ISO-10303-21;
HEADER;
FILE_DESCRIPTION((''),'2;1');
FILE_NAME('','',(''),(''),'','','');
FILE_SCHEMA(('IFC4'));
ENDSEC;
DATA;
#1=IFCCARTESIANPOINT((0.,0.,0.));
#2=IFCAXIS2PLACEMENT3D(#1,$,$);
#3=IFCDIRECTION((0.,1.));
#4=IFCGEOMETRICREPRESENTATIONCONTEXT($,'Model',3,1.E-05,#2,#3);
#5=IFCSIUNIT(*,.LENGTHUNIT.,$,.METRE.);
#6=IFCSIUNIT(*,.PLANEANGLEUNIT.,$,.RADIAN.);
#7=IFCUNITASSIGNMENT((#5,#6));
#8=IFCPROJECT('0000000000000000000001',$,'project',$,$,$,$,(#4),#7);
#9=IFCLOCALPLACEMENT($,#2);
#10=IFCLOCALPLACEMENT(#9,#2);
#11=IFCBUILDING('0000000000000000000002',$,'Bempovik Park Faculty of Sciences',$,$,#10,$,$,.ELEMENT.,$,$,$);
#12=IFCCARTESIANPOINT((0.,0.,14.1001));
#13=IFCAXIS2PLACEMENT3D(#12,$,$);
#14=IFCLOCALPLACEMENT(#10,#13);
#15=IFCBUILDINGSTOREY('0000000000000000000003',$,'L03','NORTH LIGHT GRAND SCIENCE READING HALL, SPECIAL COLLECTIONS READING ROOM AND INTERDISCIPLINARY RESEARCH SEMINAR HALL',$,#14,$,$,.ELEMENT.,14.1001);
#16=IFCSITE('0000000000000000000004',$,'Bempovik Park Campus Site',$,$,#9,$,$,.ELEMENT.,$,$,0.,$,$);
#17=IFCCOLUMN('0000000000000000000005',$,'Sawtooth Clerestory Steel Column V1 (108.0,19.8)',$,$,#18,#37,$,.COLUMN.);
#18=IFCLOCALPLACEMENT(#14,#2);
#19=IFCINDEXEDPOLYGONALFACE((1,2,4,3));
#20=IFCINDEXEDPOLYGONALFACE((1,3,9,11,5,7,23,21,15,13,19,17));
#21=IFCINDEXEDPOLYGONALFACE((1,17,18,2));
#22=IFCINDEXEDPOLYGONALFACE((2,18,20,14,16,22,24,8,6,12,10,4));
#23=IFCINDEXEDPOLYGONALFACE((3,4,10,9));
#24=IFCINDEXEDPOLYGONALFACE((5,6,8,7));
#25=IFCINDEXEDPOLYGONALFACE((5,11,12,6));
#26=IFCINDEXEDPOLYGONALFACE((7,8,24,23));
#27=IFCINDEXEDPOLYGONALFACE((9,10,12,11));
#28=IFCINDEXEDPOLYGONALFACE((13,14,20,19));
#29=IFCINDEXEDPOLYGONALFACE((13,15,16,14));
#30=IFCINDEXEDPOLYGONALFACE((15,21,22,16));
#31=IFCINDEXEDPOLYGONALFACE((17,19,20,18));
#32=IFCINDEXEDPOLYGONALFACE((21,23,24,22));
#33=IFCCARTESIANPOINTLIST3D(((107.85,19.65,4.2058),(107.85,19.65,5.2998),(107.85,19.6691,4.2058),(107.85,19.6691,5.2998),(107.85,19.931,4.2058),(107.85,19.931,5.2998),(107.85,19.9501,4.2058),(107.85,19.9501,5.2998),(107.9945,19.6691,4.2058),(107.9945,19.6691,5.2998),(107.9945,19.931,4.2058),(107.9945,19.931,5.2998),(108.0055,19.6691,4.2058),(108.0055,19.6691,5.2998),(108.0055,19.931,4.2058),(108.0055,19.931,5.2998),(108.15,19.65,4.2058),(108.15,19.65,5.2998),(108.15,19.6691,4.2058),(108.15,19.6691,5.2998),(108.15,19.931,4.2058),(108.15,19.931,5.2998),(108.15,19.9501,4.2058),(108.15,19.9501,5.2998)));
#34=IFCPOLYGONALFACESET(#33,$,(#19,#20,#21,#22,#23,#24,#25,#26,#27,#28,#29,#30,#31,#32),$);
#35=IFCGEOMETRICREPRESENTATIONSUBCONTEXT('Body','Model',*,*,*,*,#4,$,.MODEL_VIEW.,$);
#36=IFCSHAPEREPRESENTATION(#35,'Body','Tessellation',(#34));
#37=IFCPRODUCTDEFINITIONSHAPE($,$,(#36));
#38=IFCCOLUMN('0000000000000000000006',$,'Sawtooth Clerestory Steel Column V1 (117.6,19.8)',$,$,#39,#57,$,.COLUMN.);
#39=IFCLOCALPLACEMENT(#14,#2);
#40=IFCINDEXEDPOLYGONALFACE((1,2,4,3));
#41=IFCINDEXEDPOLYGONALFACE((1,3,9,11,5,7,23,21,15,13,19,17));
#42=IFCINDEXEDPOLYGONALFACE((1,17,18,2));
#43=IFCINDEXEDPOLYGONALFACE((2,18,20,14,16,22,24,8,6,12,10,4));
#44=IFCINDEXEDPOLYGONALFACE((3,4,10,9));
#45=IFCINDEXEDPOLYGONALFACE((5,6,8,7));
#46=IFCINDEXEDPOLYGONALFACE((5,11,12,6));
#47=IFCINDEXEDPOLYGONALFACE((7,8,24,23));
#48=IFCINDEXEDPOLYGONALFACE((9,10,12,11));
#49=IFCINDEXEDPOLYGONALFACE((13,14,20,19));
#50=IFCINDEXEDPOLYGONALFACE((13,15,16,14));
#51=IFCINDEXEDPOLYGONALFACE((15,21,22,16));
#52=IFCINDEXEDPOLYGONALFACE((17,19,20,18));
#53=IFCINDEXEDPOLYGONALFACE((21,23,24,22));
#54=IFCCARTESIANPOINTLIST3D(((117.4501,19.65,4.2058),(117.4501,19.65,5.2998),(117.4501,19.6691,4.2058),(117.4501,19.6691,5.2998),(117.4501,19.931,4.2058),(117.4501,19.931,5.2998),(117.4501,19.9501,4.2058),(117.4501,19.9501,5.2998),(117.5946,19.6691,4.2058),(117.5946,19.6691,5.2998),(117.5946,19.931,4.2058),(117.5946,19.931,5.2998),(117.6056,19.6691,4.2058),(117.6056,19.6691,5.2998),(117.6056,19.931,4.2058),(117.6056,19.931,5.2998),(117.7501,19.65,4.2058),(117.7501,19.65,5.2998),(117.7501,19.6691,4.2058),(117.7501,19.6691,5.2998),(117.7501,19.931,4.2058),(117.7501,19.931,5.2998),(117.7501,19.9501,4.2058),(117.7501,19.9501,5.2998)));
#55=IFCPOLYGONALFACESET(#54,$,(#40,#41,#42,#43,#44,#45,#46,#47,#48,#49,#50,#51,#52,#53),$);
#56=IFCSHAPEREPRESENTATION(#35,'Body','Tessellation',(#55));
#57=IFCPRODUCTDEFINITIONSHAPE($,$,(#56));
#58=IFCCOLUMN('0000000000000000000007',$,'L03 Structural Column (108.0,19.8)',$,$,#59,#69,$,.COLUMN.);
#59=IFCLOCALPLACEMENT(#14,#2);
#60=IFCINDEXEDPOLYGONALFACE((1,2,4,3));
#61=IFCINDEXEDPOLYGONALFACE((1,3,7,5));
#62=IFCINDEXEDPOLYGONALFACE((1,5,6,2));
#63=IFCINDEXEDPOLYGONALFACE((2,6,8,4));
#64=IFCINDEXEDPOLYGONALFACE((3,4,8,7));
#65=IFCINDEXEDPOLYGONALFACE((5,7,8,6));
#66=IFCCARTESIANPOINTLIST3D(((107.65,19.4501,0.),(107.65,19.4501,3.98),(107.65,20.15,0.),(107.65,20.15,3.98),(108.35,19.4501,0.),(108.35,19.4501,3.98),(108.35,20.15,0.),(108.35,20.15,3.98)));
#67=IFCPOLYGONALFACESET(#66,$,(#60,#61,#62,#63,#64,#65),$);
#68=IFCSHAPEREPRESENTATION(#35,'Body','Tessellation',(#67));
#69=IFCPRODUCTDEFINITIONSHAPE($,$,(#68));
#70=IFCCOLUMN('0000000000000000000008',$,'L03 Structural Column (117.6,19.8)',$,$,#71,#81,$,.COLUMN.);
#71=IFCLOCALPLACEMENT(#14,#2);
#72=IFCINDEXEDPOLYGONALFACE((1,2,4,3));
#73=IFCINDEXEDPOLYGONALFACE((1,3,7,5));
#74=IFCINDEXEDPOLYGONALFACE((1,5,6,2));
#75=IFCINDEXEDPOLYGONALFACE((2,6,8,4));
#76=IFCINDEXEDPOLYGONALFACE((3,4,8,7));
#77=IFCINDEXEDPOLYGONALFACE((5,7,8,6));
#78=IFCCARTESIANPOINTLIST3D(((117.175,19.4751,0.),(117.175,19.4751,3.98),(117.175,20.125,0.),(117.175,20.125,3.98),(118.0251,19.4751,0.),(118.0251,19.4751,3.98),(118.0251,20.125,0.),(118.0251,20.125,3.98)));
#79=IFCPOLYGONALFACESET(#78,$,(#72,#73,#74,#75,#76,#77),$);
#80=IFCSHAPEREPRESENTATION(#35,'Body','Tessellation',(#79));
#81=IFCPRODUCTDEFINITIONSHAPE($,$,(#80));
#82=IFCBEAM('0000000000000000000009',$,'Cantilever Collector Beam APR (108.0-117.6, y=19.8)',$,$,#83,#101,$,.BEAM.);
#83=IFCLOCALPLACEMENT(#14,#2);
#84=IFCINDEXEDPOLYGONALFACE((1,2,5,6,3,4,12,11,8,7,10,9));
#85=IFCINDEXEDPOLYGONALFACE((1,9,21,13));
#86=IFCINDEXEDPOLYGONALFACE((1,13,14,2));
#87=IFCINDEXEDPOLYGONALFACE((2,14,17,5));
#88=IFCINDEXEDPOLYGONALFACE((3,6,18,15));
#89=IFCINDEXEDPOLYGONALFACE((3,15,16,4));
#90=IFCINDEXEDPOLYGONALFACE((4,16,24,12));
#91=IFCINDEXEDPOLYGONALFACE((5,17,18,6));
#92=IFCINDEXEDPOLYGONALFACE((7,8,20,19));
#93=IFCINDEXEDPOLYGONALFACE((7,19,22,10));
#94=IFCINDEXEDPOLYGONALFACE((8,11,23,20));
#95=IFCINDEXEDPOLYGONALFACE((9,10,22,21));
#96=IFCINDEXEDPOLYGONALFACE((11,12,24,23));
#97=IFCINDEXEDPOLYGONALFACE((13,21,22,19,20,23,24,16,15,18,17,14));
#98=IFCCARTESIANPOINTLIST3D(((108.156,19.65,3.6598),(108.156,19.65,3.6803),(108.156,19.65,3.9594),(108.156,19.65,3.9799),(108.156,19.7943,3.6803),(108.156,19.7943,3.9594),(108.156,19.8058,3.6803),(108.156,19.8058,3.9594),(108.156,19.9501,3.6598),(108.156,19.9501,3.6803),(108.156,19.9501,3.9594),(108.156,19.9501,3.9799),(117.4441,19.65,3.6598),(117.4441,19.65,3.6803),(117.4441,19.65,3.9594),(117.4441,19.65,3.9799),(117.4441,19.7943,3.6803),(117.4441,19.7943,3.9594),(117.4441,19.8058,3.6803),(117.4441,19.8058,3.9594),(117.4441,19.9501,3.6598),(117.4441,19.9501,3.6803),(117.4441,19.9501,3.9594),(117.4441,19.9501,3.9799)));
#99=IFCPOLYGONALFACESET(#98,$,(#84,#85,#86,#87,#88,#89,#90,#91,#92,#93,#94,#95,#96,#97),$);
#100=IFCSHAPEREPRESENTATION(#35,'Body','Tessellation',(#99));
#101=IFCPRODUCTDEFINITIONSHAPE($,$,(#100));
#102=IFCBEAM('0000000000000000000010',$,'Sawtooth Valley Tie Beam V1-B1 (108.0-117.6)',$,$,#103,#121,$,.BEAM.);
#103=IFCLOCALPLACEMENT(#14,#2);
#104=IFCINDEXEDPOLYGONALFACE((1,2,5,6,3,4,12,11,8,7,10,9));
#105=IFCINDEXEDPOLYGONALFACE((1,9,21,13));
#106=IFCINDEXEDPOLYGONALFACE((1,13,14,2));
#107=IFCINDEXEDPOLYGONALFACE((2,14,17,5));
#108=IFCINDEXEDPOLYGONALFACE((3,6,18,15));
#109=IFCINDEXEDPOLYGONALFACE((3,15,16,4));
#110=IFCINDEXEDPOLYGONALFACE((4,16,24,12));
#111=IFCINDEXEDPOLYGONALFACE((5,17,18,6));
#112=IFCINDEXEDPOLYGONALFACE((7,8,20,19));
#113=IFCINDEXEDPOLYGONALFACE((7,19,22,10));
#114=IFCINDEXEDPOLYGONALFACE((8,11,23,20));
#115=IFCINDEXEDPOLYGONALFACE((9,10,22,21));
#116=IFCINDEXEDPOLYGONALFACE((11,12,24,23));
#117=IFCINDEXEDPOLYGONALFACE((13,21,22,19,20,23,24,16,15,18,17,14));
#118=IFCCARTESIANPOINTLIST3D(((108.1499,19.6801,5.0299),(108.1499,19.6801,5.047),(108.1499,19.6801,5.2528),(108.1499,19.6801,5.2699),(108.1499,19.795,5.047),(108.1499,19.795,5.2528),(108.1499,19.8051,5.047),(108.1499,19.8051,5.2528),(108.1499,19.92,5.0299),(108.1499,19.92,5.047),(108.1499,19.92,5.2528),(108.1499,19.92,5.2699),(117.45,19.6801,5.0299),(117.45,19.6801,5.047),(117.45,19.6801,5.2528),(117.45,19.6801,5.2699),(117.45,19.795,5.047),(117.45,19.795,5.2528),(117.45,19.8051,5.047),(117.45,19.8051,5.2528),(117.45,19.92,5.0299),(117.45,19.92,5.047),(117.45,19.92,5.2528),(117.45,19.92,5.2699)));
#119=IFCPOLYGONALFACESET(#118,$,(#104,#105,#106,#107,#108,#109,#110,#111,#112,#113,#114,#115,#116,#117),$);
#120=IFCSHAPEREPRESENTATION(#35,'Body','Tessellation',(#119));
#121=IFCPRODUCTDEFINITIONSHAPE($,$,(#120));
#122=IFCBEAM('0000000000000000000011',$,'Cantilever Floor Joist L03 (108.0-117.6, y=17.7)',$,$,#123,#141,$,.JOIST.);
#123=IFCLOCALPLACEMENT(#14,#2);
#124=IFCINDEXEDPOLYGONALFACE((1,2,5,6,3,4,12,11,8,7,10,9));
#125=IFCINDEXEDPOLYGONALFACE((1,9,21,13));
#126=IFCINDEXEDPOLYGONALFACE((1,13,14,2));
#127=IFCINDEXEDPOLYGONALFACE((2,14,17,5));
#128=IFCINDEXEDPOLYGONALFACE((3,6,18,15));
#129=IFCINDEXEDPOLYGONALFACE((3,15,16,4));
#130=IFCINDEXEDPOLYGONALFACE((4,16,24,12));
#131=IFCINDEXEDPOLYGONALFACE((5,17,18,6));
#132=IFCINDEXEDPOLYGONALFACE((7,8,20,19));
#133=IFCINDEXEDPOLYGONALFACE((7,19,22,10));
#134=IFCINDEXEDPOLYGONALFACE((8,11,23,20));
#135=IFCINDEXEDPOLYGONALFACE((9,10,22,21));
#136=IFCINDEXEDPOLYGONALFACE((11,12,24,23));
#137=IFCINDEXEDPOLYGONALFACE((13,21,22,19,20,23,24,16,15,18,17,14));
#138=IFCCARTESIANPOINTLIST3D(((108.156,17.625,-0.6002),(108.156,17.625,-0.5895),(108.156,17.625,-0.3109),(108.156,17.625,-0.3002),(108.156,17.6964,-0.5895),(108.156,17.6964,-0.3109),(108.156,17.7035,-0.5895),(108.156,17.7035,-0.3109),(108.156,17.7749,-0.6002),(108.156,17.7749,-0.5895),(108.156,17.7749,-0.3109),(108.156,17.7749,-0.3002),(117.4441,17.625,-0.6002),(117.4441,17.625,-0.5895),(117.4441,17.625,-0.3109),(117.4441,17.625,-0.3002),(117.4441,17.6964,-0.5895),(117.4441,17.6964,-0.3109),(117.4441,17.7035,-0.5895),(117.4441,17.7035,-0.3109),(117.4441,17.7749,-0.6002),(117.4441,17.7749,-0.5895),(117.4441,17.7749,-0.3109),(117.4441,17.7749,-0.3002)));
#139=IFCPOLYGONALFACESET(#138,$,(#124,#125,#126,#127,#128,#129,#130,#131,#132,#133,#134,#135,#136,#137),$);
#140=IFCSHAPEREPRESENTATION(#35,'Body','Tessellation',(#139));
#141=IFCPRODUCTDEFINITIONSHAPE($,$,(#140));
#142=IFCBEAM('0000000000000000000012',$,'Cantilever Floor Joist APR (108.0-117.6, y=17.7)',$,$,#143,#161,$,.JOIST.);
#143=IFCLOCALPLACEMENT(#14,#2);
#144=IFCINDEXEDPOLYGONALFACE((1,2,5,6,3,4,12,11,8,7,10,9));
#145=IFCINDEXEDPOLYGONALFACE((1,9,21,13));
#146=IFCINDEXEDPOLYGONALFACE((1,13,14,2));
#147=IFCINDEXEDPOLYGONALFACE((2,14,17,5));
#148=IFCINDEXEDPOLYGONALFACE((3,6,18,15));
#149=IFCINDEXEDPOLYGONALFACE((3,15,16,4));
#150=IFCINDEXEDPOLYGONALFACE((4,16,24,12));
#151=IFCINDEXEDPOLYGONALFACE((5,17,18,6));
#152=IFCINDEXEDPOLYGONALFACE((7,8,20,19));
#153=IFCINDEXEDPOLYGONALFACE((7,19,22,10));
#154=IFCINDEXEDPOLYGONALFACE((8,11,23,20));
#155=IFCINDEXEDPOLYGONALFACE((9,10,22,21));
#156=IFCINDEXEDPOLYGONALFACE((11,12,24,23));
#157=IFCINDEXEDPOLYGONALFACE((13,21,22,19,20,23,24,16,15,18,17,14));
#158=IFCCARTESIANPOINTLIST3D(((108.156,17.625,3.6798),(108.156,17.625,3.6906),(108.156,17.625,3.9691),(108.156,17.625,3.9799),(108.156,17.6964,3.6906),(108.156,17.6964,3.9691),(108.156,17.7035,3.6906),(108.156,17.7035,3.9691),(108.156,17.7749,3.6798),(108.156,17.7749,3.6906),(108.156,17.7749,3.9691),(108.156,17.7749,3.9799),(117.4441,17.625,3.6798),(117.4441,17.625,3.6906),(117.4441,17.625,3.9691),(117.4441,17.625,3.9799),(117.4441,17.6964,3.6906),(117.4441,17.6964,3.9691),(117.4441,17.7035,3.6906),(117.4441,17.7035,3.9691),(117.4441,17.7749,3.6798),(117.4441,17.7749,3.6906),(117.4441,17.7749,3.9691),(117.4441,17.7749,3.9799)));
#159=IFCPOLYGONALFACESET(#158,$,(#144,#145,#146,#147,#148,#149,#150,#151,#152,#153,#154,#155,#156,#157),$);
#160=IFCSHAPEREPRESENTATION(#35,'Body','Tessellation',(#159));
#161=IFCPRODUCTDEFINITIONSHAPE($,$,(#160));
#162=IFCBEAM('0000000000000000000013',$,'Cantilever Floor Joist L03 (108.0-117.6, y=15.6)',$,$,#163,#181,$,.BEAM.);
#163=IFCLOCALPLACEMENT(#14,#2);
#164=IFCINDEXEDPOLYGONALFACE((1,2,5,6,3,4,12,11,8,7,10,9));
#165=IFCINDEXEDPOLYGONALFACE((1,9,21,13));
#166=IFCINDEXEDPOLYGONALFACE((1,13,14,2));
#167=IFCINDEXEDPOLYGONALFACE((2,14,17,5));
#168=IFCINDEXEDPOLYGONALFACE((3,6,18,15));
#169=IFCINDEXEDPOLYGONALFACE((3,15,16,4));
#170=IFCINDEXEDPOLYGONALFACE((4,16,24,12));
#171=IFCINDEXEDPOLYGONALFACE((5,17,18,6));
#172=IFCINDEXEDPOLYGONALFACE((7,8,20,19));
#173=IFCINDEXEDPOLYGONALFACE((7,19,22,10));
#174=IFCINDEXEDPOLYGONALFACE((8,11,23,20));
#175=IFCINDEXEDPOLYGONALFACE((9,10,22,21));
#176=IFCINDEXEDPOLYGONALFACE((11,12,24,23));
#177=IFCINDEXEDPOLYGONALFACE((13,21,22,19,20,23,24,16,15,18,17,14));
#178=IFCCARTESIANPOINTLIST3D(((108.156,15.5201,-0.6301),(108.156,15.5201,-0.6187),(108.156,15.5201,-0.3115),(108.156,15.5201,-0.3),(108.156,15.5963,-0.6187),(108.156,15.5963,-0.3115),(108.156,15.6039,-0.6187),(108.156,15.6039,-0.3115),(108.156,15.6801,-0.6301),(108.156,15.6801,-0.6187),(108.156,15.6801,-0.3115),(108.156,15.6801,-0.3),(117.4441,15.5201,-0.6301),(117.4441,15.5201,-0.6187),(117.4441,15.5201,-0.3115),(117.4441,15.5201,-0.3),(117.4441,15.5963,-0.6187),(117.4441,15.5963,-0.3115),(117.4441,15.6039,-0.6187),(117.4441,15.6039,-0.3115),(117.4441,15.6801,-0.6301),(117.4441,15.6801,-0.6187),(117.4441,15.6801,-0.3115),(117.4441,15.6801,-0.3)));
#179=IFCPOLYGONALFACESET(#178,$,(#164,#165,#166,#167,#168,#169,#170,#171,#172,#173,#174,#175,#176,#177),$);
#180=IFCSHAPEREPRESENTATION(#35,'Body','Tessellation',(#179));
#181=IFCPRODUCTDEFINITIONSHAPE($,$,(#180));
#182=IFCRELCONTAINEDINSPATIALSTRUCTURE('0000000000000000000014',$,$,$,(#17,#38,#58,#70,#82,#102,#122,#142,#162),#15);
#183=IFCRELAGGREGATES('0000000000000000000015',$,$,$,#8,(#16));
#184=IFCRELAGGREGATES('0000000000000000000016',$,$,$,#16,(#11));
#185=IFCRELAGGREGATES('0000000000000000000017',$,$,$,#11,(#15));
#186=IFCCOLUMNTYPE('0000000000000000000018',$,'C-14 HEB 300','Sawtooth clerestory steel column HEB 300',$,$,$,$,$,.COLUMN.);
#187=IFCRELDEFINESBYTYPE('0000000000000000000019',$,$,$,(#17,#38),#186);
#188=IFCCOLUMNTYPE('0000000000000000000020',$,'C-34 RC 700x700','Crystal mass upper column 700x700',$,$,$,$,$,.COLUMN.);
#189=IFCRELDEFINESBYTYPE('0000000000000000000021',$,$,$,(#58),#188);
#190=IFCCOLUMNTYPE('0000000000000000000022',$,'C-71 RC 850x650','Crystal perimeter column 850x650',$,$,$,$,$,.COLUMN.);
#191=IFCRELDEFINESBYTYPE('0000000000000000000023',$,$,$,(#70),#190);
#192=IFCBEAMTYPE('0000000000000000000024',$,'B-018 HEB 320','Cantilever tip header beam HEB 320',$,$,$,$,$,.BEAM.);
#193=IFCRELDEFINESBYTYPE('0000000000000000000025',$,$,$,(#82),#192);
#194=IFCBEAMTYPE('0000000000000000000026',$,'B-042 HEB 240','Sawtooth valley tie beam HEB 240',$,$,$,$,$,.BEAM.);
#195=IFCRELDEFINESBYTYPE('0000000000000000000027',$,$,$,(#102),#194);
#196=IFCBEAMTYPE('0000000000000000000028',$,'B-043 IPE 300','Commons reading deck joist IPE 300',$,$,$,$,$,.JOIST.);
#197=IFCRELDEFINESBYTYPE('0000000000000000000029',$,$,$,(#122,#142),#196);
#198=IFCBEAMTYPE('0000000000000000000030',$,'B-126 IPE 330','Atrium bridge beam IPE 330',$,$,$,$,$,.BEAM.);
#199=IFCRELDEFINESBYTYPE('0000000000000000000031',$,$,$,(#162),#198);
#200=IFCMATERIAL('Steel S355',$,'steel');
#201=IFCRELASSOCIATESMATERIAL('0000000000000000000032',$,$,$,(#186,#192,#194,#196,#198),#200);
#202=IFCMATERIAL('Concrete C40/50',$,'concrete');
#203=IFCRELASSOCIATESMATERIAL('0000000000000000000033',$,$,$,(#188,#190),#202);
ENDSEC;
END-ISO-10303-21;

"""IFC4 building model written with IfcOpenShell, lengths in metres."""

from ifc_helpers import new_model, si_unit, direction, frame, origin, origin_2d, place, context, subcontext, project, spatial, rectangle, i_section, extrude, material, material_profile, profile_set, type_object, element, save


model = new_model("IFC4")

# Units and contexts
model_context = context("Model", 3, precision=1e-05, world=origin(), true_north=direction((0.0, 1.0)))
body_context = subcontext(model_context, "Body", "Model", "MODEL_VIEW")
ifc_project = project(units=[si_unit("LENGTHUNIT", "METRE"), si_unit("PLANEANGLEUNIT", "RADIAN")], contexts=[model_context])

# Site, building, storey
site_placement = place(None, origin())
site = spatial("IfcSite", under=ifc_project, at=site_placement, Name="Bempovik Park Campus Site", CompositionType="ELEMENT", RefElevation=0.0)
building_placement = place(site_placement, origin())
building = spatial("IfcBuilding", under=site, at=building_placement, Name="Bempovik Park Faculty of Sciences", CompositionType="ELEMENT")
storey_placement = place(building_placement, frame((0.0, 0.0, 14.1001)))
storey = spatial("IfcBuildingStorey", under=building, at=storey_placement, Name="L03", Description="NORTH LIGHT GRAND SCIENCE READING HALL, SPECIAL COLLECTIONS READING ROOM AND INTERDISCIPLINARY RESEARCH SEMINAR HALL", CompositionType="ELEMENT", Elevation=14.1001)

# Columns
ifc_material_1 = material(Name="Steel S355", Category="steel")
ifc_material_profile_1 = material_profile(ifc_material_1, i_section(OverallWidth=0.3, OverallDepth=0.3, WebThickness=0.011, FlangeThickness=0.019, at=origin_2d()), Name="HEB 300")
ifc_profile_set_1 = profile_set([ifc_material_profile_1], Name="Steel S355")
column_type_1 = type_object("IfcColumnType", Name="C-14 HEB 300", Description="Sawtooth clerestory steel column HEB 300", PredefinedType="COLUMN", material=ifc_profile_set_1)
for number, where, z_axis, x_axis, name in (
    (1, (108.0, 19.8, 4.2058), (0.0, 0.0, 1.0), (1.0, 0.0, 0.0), "Sawtooth Clerestory Steel Column V1 (108.0,19.8)"),
    (2, (117.6001, 19.8, 4.2058), (0.0, 0.0, 1.0), (1.0, 0.0, 0.0), "Sawtooth Clerestory Steel Column V1 (117.6,19.8)"),
):
    element("IfcColumn", number, at=place(storey_placement, frame(where, z_axis=z_axis, x_axis=x_axis)), inside=storey, type_object=column_type_1, Name=name, PredefinedType="COLUMN", context=body_context, shape_type="SweptSolid", body=[
        extrude(i_section(OverallWidth=0.3, OverallDepth=0.3, WebThickness=0.011, FlangeThickness=0.019, at=origin_2d()), origin(), (0.0, 0.0, 1.0), 1.094),
    ])
ifc_material_2 = material(Name="Concrete C40/50", Category="concrete")
ifc_material_profile_2 = material_profile(ifc_material_2, rectangle(XDim=0.7, YDim=0.7, at=origin_2d()), Name="RC 700x700")
ifc_profile_set_2 = profile_set([ifc_material_profile_2], Name="Concrete C40/50")
column_type_2 = type_object("IfcColumnType", Name="C-34 RC 700x700", Description="Crystal mass upper column 700x700", PredefinedType="COLUMN", material=ifc_profile_set_2)
column_1_placement = place(storey_placement, frame((108.0, 19.8, 0.0), z_axis=(0.0, 0.0, 1.0), x_axis=(1.0, 0.0, 0.0)))
element("IfcColumn", 3, at=column_1_placement, inside=storey, type_object=column_type_2, Name="L03 Structural Column (108.0,19.8)", PredefinedType="COLUMN", context=body_context, shape_type="SweptSolid", body=[
    extrude(rectangle(XDim=0.7, YDim=0.7, at=origin_2d()), origin(), (0.0, 0.0, 1.0), 3.98),
])
ifc_material_profile_3 = material_profile(ifc_material_2, rectangle(XDim=0.8501, YDim=0.6499, at=origin_2d()), Name="RC 850x650")
ifc_profile_set_3 = profile_set([ifc_material_profile_3], Name="Concrete C40/50")
column_type_3 = type_object("IfcColumnType", Name="C-71 RC 850x650", Description="Crystal perimeter column 850x650", PredefinedType="COLUMN", material=ifc_profile_set_3)
column_2_placement = place(storey_placement, frame((117.6001, 19.8, 0.0), z_axis=(0.0, 0.0, 1.0), x_axis=(1.0, 0.0, 0.0)))
element("IfcColumn", 4, at=column_2_placement, inside=storey, type_object=column_type_3, Name="L03 Structural Column (117.6,19.8)", PredefinedType="COLUMN", context=body_context, shape_type="SweptSolid", body=[
    extrude(rectangle(XDim=0.8501, YDim=0.6499, at=origin_2d()), origin(), (0.0, 0.0, 1.0), 3.98),
])

# Beams
ifc_material_profile_4 = material_profile(ifc_material_1, i_section(OverallWidth=0.3, OverallDepth=0.3201, WebThickness=0.0115, FlangeThickness=0.0205, at=origin_2d()), Name="HEB 320")
ifc_profile_set_4 = profile_set([ifc_material_profile_4], Name="Steel S355")
beam_type_1 = type_object("IfcBeamType", Name="B-018 HEB 320", Description="Cantilever tip header beam HEB 320", PredefinedType="BEAM", material=ifc_profile_set_4)
beam_1_placement = place(storey_placement, frame((108.156, 19.8, 3.8198), z_axis=(1.0, 0.0, 0.0), x_axis=(0.0, 1.0, 0.0)))
element("IfcBeam", 5, at=beam_1_placement, inside=storey, type_object=beam_type_1, Name="Cantilever Collector Beam APR (108.0-117.6, y=19.8)", PredefinedType="BEAM", context=body_context, shape_type="SweptSolid", body=[
    extrude(i_section(OverallWidth=0.3, OverallDepth=0.3201, WebThickness=0.0115, FlangeThickness=0.0205, at=origin_2d()), origin(), (0.0, 0.0, 1.0), 9.2881),
])
ifc_material_profile_5 = material_profile(ifc_material_1, i_section(OverallWidth=0.24, OverallDepth=0.24, WebThickness=0.01, FlangeThickness=0.0171, at=origin_2d()), Name="HEB 240")
ifc_profile_set_5 = profile_set([ifc_material_profile_5], Name="Steel S355")
beam_type_2 = type_object("IfcBeamType", Name="B-042 HEB 240", Description="Sawtooth valley tie beam HEB 240", PredefinedType="BEAM", material=ifc_profile_set_5)
beam_2_placement = place(storey_placement, frame((108.1499, 19.8, 5.1499), z_axis=(1.0, 0.0, 0.0), x_axis=(0.0, 1.0, 0.0)))
element("IfcBeam", 6, at=beam_2_placement, inside=storey, type_object=beam_type_2, Name="Sawtooth Valley Tie Beam V1-B1 (108.0-117.6)", PredefinedType="BEAM", context=body_context, shape_type="SweptSolid", body=[
    extrude(i_section(OverallWidth=0.24, OverallDepth=0.24, WebThickness=0.01, FlangeThickness=0.0171, at=origin_2d()), origin(), (0.0, 0.0, 1.0), 9.3),
])
ifc_material_profile_6 = material_profile(ifc_material_1, i_section(OverallWidth=0.1499, OverallDepth=0.3, WebThickness=0.0071, FlangeThickness=0.0107, at=origin_2d()), Name="IPE 300")
ifc_profile_set_6 = profile_set([ifc_material_profile_6], Name="Steel S355")
beam_type_3 = type_object("IfcBeamType", Name="B-043 IPE 300", Description="Commons reading deck joist IPE 300", PredefinedType="JOIST", material=ifc_profile_set_6)
for number, where, z_axis, x_axis, name in (
    (7, (108.156, 17.7, -0.4502), (1.0, 0.0, 0.0), (0.0, 1.0, 0.0), "Cantilever Floor Joist L03 (108.0-117.6, y=17.7)"),
    (8, (108.156, 17.7, 3.8298), (1.0, 0.0, 0.0), (0.0, 1.0, 0.0), "Cantilever Floor Joist APR (108.0-117.6, y=17.7)"),
):
    element("IfcBeam", number, at=place(storey_placement, frame(where, z_axis=z_axis, x_axis=x_axis)), inside=storey, type_object=beam_type_3, Name=name, PredefinedType="JOIST", context=body_context, shape_type="SweptSolid", body=[
        extrude(i_section(OverallWidth=0.1499, OverallDepth=0.3, WebThickness=0.0071, FlangeThickness=0.0107, at=origin_2d()), origin(), (0.0, 0.0, 1.0), 9.2881),
    ])
ifc_material_profile_7 = material_profile(ifc_material_1, i_section(OverallWidth=0.1599, OverallDepth=0.3301, WebThickness=0.0076, FlangeThickness=0.0115, at=origin_2d()), Name="IPE 330")
ifc_profile_set_7 = profile_set([ifc_material_profile_7], Name="Steel S355")
beam_type_4 = type_object("IfcBeamType", Name="B-126 IPE 330", Description="Atrium bridge beam IPE 330", PredefinedType="BEAM", material=ifc_profile_set_7)
for number, where, z_axis, x_axis, name in (
    (9, (108.156, 15.6001, -0.4651), (1.0, 0.0, 0.0), (0.0, 1.0, 0.0), "Cantilever Floor Joist L03 (108.0-117.6, y=15.6)"),
):
    element("IfcBeam", number, at=place(storey_placement, frame(where, z_axis=z_axis, x_axis=x_axis)), inside=storey, type_object=beam_type_4, Name=name, PredefinedType="BEAM", context=body_context, shape_type="SweptSolid", body=[
        extrude(i_section(OverallWidth=0.1599, OverallDepth=0.3301, WebThickness=0.0076, FlangeThickness=0.0115, at=origin_2d()), origin(), (0.0, 0.0, 1.0), 9.2881),
    ])

save(model, "model.ifc")
